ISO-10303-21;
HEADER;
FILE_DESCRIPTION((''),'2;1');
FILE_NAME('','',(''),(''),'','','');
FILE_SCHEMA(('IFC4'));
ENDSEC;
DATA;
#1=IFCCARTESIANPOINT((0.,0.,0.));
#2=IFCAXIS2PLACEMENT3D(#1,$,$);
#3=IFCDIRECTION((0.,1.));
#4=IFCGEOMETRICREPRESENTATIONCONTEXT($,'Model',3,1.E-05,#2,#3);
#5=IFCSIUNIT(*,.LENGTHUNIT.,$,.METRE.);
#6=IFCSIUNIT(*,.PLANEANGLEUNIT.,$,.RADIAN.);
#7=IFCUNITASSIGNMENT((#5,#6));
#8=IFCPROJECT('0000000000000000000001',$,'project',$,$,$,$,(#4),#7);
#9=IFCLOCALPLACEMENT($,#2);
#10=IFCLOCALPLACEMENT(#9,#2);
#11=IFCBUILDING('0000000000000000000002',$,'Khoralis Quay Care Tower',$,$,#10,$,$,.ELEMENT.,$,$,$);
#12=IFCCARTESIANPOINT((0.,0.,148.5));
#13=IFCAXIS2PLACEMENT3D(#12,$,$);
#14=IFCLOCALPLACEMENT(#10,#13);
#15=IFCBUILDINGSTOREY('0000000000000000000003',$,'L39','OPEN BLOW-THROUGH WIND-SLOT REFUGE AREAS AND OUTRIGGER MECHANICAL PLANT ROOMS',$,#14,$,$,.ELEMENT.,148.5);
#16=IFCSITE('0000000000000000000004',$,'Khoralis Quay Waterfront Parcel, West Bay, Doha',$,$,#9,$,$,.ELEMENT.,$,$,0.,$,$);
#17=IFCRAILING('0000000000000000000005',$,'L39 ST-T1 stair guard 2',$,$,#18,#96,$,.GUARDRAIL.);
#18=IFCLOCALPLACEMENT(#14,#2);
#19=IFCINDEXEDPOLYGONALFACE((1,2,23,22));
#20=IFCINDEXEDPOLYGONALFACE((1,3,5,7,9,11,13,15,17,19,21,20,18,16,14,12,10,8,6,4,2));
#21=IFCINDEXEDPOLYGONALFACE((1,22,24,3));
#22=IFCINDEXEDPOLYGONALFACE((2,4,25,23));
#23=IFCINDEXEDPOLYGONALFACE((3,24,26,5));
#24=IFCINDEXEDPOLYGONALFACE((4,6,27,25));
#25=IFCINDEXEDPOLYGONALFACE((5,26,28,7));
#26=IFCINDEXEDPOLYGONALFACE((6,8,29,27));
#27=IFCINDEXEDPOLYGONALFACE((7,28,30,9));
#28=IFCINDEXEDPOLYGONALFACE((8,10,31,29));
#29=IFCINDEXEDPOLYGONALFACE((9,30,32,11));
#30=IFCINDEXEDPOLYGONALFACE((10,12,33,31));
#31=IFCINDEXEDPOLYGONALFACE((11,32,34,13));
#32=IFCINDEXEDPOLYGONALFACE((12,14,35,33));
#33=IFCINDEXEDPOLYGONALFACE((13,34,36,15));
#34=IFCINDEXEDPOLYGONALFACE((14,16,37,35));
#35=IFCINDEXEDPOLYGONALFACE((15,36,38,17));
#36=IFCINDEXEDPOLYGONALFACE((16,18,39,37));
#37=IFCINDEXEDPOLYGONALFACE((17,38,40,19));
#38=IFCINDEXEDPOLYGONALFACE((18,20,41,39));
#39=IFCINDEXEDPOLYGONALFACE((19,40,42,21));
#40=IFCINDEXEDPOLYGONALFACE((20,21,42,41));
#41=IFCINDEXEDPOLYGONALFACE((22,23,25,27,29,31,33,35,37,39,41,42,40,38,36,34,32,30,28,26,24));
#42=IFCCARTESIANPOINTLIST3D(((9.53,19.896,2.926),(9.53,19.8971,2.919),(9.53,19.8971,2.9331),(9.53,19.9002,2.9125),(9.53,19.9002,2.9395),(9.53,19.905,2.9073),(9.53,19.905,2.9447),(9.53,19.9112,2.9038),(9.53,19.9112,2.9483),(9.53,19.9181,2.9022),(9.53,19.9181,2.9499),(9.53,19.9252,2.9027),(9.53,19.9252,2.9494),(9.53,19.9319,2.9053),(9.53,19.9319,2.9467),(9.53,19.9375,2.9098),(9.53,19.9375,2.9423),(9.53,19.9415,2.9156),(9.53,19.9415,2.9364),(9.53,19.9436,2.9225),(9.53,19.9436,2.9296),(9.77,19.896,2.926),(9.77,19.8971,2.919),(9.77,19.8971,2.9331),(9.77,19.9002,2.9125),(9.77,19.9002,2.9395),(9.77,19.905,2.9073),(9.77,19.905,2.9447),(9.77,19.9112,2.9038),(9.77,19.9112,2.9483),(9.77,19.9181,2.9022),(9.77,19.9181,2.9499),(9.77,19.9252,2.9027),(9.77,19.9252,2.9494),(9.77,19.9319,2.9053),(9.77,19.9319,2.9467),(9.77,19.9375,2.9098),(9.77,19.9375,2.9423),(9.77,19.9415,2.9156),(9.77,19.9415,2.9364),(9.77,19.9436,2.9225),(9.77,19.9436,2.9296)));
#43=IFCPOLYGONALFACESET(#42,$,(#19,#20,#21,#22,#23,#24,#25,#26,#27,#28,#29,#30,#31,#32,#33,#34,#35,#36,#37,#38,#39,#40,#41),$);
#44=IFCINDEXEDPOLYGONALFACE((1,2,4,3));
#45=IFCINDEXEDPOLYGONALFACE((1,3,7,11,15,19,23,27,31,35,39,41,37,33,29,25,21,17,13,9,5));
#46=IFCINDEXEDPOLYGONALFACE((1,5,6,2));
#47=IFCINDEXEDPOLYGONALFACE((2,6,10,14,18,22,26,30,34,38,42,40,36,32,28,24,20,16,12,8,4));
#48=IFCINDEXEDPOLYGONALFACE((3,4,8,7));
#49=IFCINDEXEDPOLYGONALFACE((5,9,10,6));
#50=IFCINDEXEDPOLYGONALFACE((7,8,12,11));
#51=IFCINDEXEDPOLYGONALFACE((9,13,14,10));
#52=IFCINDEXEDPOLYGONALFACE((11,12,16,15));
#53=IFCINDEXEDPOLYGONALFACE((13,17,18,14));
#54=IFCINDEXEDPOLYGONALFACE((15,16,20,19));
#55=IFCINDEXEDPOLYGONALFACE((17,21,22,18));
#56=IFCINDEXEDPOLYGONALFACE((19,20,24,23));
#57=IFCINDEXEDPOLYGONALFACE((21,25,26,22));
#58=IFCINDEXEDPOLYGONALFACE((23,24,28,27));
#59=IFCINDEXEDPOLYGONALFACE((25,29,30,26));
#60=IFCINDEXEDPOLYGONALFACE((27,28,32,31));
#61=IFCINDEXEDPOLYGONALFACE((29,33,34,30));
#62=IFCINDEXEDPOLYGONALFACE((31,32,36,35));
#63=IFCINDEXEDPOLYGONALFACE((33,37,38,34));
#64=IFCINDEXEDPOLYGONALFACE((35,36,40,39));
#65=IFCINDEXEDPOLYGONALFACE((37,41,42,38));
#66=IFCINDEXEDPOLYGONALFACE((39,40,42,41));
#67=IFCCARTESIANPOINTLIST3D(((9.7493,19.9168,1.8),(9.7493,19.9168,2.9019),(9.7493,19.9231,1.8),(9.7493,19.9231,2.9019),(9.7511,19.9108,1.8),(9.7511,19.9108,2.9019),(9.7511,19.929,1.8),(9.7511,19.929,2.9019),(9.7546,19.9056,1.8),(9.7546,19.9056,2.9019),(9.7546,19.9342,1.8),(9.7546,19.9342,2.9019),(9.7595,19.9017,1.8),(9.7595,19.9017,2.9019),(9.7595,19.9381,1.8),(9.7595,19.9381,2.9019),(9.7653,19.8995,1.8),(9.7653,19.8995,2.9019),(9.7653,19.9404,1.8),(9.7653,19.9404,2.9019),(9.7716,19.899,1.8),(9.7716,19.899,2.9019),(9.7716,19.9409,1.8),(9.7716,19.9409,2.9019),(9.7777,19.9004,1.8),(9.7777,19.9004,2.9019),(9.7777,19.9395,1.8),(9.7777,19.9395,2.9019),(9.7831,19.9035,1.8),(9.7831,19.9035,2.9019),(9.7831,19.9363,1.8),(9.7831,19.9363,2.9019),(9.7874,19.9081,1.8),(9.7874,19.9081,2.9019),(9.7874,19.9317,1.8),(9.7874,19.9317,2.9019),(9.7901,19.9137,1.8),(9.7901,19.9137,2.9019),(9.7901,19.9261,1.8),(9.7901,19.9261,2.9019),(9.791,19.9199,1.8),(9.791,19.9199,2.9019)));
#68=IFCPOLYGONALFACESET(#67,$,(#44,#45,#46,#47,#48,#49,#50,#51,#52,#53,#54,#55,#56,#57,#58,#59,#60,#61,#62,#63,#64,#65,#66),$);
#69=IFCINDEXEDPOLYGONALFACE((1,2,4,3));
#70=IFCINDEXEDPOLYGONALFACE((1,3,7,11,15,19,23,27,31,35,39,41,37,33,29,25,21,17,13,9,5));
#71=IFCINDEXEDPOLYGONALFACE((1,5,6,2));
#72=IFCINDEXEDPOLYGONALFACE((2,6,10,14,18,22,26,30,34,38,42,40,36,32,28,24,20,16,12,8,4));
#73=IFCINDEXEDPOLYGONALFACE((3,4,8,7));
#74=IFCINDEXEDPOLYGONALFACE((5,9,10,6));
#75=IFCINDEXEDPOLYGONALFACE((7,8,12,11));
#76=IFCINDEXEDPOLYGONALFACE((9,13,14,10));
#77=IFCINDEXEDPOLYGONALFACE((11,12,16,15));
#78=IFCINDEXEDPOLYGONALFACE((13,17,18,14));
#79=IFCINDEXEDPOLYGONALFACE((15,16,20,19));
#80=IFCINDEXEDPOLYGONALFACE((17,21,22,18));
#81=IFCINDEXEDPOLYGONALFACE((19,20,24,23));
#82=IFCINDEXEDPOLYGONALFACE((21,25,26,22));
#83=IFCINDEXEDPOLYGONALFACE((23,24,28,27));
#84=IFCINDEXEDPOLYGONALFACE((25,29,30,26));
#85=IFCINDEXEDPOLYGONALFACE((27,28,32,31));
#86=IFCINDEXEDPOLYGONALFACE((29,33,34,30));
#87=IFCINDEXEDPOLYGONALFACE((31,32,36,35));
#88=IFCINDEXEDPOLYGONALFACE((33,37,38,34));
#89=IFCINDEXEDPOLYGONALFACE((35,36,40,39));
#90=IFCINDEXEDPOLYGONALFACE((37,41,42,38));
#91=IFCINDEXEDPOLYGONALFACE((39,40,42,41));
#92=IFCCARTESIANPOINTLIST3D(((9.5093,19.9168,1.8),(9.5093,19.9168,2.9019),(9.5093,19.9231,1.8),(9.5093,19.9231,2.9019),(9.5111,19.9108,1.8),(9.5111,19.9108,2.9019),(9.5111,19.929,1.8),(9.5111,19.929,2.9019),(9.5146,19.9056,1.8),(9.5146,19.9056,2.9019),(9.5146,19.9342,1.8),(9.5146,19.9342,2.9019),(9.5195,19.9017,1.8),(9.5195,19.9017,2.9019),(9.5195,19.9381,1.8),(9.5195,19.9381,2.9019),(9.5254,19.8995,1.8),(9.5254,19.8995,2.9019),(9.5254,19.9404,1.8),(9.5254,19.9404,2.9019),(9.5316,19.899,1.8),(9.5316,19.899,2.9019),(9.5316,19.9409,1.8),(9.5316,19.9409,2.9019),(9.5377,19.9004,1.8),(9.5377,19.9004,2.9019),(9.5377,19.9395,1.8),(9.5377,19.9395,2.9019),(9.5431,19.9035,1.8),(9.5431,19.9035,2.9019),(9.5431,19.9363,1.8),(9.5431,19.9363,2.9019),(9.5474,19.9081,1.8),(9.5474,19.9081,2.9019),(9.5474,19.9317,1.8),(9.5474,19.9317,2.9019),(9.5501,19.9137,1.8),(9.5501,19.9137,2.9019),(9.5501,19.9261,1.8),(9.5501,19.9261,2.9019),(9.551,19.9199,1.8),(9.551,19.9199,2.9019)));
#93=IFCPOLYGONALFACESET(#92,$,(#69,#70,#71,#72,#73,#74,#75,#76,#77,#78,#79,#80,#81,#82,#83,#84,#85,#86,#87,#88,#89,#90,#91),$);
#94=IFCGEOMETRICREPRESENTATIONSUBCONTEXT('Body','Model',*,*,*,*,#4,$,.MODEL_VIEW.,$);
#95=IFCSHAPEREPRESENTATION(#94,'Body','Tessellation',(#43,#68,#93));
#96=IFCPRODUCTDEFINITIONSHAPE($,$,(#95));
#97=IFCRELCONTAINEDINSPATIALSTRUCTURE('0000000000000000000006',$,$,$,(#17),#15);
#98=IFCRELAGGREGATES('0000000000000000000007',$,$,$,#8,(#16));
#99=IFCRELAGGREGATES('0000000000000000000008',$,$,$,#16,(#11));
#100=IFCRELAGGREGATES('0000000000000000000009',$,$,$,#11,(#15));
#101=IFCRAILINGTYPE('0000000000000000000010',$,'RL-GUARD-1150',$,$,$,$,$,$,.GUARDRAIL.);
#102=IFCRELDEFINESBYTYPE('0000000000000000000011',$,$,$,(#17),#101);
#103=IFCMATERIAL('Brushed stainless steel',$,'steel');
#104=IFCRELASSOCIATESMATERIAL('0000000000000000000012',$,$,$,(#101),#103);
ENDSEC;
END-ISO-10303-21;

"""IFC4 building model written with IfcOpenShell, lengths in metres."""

from ifc_helpers import new_model, si_unit, direction, frame, origin, origin_2d, place, context, subcontext, project, spatial, circle, extrude, material, type_object, element, save


model = new_model("IFC4")

# Units and contexts
model_context = context("Model", 3, precision=1e-05, world=origin(), true_north=direction((0.0, 1.0)))
body_context = subcontext(model_context, "Body", "Model", "MODEL_VIEW")
ifc_project = project(units=[si_unit("LENGTHUNIT", "METRE"), si_unit("PLANEANGLEUNIT", "RADIAN")], contexts=[model_context])

# Site, building, storey
site_placement = place(None, origin())
site = spatial("IfcSite", under=ifc_project, at=site_placement, Name="Khoralis Quay Waterfront Parcel, West Bay, Doha", CompositionType="ELEMENT", RefElevation=0.0)
building_placement = place(site_placement, origin())
building = spatial("IfcBuilding", under=site, at=building_placement, Name="Khoralis Quay Care Tower", CompositionType="ELEMENT")
storey_placement = place(building_placement, frame((0.0, 0.0, 148.5)))
storey = spatial("IfcBuildingStorey", under=building, at=storey_placement, Name="L39", Description="OPEN BLOW-THROUGH WIND-SLOT REFUGE AREAS AND OUTRIGGER MECHANICAL PLANT ROOMS", CompositionType="ELEMENT", Elevation=148.5)

# Railing
ifc_material_1 = material(Name="Brushed stainless steel", Category="steel")
railing_type_1 = type_object("IfcRailingType", Name="RL-GUARD-1150", PredefinedType="GUARDRAIL", material=ifc_material_1)
railing_1_placement = place(storey_placement, frame((9.77, 19.9199, 1.8)))
element("IfcRailing", 1, at=railing_1_placement, inside=storey, type_object=railing_type_1, Name="L39 ST-T1 stair guard 2", PredefinedType="GUARDRAIL", context=body_context, shape_type="SweptSolid", body=[
    extrude(circle(Radius=0.0239, at=origin_2d()), frame((0.0, 0.0, 1.126), z_axis=(-1.0, 0.0, 0.0), x_axis=(0.0, -1.0, 0.0)), (0.0, 0.0, 1.0), 0.24),
    extrude(circle(Radius=0.021, at=origin_2d()), origin(), (0.0, 0.0, 1.0), 1.1018),
    extrude(circle(Radius=0.021, at=origin_2d()), frame((-0.24, 0.0, 0.0)), (0.0, 0.0, 1.0), 1.1018),
])

save(model, "model.ifc")
